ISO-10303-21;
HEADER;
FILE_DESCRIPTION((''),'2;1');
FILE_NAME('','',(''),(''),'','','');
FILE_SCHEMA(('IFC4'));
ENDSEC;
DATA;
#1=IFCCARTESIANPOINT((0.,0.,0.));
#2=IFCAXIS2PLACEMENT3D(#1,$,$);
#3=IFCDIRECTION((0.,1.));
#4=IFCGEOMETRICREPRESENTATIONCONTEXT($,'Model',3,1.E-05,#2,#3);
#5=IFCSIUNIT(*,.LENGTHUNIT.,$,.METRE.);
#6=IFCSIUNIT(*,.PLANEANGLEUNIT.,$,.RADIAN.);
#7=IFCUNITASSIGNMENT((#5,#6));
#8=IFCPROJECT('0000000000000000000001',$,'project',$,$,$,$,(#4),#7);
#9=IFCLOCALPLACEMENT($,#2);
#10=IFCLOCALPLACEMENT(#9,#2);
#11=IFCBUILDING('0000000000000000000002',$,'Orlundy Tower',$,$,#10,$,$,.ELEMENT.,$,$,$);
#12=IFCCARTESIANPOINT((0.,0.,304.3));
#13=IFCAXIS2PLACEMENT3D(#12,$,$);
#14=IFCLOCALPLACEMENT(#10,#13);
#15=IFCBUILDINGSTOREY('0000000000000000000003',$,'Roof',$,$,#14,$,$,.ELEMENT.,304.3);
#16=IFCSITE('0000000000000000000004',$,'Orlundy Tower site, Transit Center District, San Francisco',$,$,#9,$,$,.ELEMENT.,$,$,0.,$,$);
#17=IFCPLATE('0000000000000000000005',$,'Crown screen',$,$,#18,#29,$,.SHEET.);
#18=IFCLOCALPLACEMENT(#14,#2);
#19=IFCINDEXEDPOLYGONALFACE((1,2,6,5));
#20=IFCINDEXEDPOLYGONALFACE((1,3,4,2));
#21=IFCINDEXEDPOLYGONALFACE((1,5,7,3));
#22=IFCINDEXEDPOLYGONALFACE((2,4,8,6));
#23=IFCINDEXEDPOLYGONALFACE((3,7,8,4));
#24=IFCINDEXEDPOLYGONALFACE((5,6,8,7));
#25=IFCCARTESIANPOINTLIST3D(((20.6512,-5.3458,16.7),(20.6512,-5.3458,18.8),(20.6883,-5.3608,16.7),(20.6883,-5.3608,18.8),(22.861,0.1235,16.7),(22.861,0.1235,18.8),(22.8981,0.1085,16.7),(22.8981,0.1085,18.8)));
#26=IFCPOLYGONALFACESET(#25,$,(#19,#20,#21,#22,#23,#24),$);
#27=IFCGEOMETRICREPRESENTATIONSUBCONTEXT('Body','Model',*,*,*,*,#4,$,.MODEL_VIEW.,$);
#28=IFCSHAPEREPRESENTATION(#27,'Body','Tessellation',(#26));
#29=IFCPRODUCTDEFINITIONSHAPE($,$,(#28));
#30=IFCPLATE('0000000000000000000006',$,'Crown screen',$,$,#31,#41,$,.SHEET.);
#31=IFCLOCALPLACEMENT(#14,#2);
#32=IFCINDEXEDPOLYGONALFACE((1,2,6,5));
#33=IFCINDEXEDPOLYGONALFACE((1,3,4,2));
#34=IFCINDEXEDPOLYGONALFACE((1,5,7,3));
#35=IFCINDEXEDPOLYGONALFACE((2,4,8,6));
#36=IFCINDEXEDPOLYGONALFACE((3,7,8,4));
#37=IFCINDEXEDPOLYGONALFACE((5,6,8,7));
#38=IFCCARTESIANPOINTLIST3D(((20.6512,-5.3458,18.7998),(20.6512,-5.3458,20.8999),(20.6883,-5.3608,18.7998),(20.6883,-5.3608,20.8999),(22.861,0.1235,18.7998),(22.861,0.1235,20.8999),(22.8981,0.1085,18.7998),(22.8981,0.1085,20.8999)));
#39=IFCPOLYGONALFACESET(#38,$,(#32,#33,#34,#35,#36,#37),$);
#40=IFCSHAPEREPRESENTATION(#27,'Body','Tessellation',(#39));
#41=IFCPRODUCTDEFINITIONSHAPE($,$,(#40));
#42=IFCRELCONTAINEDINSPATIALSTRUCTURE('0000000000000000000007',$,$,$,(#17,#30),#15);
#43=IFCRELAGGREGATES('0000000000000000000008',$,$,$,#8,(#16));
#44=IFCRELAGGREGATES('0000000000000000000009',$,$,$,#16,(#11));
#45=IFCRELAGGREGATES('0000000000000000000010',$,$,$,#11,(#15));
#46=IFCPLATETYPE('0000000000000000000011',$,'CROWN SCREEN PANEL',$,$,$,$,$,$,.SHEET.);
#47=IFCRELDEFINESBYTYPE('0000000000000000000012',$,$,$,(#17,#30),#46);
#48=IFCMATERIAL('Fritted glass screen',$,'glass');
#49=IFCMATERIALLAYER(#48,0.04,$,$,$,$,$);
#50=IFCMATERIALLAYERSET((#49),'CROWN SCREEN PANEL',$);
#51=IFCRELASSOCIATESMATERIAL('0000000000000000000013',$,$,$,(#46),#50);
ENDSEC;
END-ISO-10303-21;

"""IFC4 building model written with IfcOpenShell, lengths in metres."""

from ifc_helpers import new_model, si_unit, direction, frame, origin, origin_2d, place, context, subcontext, project, spatial, rectangle, extrude, material, layer, layer_set, type_object, element, save


model = new_model("IFC4")

# Units and contexts
model_context = context("Model", 3, precision=1e-05, world=origin(), true_north=direction((0.0, 1.0)))
body_context = subcontext(model_context, "Body", "Model", "MODEL_VIEW")
ifc_project = project(units=[si_unit("LENGTHUNIT", "METRE"), si_unit("PLANEANGLEUNIT", "RADIAN")], contexts=[model_context])

# Site, building, storey
site_placement = place(None, origin())
site = spatial("IfcSite", under=ifc_project, at=site_placement, Name="Orlundy Tower site, Transit Center District, San Francisco", CompositionType="ELEMENT", RefElevation=0.0)
building_placement = place(site_placement, origin())
building = spatial("IfcBuilding", under=site, at=building_placement, Name="Orlundy Tower", CompositionType="ELEMENT")
storey_placement = place(building_placement, frame((0.0, 0.0, 304.3)))
storey = spatial("IfcBuildingStorey", under=building, at=storey_placement, Name="Roof", CompositionType="ELEMENT", Elevation=304.3)

# Plates
ifc_material_1 = material(Name="Fritted glass screen", Category="glass")
ifc_layer = layer(ifc_material_1, 0.04)
ifc_layer_set = layer_set([ifc_layer], Name="CROWN SCREEN PANEL")
plate_type = type_object("IfcPlateType", Name="CROWN SCREEN PANEL", PredefinedType="SHEET", material=ifc_layer_set)
for number, where, z_axis, x_axis, name in (
    (1, (21.7747, -2.6187, 16.7), (0.0, 0.0, 1.0), (0.374612, 0.927182, 0.0), "Crown screen"),
    (2, (21.7747, -2.6187, 18.7998), (0.0, 0.0, 1.0), (0.374612, 0.927182, 0.0), "Crown screen"),
):
    element("IfcPlate", number, at=place(storey_placement, frame(where, z_axis=z_axis, x_axis=x_axis)), inside=storey, type_object=plate_type, Name=name, PredefinedType="SHEET", context=body_context, shape_type="SweptSolid", body=[
        extrude(rectangle(XDim=5.8989, YDim=0.04, at=origin_2d()), origin(), (0.0, 0.0, 1.0), 2.1001),
    ])

save(model, "model.ifc")
